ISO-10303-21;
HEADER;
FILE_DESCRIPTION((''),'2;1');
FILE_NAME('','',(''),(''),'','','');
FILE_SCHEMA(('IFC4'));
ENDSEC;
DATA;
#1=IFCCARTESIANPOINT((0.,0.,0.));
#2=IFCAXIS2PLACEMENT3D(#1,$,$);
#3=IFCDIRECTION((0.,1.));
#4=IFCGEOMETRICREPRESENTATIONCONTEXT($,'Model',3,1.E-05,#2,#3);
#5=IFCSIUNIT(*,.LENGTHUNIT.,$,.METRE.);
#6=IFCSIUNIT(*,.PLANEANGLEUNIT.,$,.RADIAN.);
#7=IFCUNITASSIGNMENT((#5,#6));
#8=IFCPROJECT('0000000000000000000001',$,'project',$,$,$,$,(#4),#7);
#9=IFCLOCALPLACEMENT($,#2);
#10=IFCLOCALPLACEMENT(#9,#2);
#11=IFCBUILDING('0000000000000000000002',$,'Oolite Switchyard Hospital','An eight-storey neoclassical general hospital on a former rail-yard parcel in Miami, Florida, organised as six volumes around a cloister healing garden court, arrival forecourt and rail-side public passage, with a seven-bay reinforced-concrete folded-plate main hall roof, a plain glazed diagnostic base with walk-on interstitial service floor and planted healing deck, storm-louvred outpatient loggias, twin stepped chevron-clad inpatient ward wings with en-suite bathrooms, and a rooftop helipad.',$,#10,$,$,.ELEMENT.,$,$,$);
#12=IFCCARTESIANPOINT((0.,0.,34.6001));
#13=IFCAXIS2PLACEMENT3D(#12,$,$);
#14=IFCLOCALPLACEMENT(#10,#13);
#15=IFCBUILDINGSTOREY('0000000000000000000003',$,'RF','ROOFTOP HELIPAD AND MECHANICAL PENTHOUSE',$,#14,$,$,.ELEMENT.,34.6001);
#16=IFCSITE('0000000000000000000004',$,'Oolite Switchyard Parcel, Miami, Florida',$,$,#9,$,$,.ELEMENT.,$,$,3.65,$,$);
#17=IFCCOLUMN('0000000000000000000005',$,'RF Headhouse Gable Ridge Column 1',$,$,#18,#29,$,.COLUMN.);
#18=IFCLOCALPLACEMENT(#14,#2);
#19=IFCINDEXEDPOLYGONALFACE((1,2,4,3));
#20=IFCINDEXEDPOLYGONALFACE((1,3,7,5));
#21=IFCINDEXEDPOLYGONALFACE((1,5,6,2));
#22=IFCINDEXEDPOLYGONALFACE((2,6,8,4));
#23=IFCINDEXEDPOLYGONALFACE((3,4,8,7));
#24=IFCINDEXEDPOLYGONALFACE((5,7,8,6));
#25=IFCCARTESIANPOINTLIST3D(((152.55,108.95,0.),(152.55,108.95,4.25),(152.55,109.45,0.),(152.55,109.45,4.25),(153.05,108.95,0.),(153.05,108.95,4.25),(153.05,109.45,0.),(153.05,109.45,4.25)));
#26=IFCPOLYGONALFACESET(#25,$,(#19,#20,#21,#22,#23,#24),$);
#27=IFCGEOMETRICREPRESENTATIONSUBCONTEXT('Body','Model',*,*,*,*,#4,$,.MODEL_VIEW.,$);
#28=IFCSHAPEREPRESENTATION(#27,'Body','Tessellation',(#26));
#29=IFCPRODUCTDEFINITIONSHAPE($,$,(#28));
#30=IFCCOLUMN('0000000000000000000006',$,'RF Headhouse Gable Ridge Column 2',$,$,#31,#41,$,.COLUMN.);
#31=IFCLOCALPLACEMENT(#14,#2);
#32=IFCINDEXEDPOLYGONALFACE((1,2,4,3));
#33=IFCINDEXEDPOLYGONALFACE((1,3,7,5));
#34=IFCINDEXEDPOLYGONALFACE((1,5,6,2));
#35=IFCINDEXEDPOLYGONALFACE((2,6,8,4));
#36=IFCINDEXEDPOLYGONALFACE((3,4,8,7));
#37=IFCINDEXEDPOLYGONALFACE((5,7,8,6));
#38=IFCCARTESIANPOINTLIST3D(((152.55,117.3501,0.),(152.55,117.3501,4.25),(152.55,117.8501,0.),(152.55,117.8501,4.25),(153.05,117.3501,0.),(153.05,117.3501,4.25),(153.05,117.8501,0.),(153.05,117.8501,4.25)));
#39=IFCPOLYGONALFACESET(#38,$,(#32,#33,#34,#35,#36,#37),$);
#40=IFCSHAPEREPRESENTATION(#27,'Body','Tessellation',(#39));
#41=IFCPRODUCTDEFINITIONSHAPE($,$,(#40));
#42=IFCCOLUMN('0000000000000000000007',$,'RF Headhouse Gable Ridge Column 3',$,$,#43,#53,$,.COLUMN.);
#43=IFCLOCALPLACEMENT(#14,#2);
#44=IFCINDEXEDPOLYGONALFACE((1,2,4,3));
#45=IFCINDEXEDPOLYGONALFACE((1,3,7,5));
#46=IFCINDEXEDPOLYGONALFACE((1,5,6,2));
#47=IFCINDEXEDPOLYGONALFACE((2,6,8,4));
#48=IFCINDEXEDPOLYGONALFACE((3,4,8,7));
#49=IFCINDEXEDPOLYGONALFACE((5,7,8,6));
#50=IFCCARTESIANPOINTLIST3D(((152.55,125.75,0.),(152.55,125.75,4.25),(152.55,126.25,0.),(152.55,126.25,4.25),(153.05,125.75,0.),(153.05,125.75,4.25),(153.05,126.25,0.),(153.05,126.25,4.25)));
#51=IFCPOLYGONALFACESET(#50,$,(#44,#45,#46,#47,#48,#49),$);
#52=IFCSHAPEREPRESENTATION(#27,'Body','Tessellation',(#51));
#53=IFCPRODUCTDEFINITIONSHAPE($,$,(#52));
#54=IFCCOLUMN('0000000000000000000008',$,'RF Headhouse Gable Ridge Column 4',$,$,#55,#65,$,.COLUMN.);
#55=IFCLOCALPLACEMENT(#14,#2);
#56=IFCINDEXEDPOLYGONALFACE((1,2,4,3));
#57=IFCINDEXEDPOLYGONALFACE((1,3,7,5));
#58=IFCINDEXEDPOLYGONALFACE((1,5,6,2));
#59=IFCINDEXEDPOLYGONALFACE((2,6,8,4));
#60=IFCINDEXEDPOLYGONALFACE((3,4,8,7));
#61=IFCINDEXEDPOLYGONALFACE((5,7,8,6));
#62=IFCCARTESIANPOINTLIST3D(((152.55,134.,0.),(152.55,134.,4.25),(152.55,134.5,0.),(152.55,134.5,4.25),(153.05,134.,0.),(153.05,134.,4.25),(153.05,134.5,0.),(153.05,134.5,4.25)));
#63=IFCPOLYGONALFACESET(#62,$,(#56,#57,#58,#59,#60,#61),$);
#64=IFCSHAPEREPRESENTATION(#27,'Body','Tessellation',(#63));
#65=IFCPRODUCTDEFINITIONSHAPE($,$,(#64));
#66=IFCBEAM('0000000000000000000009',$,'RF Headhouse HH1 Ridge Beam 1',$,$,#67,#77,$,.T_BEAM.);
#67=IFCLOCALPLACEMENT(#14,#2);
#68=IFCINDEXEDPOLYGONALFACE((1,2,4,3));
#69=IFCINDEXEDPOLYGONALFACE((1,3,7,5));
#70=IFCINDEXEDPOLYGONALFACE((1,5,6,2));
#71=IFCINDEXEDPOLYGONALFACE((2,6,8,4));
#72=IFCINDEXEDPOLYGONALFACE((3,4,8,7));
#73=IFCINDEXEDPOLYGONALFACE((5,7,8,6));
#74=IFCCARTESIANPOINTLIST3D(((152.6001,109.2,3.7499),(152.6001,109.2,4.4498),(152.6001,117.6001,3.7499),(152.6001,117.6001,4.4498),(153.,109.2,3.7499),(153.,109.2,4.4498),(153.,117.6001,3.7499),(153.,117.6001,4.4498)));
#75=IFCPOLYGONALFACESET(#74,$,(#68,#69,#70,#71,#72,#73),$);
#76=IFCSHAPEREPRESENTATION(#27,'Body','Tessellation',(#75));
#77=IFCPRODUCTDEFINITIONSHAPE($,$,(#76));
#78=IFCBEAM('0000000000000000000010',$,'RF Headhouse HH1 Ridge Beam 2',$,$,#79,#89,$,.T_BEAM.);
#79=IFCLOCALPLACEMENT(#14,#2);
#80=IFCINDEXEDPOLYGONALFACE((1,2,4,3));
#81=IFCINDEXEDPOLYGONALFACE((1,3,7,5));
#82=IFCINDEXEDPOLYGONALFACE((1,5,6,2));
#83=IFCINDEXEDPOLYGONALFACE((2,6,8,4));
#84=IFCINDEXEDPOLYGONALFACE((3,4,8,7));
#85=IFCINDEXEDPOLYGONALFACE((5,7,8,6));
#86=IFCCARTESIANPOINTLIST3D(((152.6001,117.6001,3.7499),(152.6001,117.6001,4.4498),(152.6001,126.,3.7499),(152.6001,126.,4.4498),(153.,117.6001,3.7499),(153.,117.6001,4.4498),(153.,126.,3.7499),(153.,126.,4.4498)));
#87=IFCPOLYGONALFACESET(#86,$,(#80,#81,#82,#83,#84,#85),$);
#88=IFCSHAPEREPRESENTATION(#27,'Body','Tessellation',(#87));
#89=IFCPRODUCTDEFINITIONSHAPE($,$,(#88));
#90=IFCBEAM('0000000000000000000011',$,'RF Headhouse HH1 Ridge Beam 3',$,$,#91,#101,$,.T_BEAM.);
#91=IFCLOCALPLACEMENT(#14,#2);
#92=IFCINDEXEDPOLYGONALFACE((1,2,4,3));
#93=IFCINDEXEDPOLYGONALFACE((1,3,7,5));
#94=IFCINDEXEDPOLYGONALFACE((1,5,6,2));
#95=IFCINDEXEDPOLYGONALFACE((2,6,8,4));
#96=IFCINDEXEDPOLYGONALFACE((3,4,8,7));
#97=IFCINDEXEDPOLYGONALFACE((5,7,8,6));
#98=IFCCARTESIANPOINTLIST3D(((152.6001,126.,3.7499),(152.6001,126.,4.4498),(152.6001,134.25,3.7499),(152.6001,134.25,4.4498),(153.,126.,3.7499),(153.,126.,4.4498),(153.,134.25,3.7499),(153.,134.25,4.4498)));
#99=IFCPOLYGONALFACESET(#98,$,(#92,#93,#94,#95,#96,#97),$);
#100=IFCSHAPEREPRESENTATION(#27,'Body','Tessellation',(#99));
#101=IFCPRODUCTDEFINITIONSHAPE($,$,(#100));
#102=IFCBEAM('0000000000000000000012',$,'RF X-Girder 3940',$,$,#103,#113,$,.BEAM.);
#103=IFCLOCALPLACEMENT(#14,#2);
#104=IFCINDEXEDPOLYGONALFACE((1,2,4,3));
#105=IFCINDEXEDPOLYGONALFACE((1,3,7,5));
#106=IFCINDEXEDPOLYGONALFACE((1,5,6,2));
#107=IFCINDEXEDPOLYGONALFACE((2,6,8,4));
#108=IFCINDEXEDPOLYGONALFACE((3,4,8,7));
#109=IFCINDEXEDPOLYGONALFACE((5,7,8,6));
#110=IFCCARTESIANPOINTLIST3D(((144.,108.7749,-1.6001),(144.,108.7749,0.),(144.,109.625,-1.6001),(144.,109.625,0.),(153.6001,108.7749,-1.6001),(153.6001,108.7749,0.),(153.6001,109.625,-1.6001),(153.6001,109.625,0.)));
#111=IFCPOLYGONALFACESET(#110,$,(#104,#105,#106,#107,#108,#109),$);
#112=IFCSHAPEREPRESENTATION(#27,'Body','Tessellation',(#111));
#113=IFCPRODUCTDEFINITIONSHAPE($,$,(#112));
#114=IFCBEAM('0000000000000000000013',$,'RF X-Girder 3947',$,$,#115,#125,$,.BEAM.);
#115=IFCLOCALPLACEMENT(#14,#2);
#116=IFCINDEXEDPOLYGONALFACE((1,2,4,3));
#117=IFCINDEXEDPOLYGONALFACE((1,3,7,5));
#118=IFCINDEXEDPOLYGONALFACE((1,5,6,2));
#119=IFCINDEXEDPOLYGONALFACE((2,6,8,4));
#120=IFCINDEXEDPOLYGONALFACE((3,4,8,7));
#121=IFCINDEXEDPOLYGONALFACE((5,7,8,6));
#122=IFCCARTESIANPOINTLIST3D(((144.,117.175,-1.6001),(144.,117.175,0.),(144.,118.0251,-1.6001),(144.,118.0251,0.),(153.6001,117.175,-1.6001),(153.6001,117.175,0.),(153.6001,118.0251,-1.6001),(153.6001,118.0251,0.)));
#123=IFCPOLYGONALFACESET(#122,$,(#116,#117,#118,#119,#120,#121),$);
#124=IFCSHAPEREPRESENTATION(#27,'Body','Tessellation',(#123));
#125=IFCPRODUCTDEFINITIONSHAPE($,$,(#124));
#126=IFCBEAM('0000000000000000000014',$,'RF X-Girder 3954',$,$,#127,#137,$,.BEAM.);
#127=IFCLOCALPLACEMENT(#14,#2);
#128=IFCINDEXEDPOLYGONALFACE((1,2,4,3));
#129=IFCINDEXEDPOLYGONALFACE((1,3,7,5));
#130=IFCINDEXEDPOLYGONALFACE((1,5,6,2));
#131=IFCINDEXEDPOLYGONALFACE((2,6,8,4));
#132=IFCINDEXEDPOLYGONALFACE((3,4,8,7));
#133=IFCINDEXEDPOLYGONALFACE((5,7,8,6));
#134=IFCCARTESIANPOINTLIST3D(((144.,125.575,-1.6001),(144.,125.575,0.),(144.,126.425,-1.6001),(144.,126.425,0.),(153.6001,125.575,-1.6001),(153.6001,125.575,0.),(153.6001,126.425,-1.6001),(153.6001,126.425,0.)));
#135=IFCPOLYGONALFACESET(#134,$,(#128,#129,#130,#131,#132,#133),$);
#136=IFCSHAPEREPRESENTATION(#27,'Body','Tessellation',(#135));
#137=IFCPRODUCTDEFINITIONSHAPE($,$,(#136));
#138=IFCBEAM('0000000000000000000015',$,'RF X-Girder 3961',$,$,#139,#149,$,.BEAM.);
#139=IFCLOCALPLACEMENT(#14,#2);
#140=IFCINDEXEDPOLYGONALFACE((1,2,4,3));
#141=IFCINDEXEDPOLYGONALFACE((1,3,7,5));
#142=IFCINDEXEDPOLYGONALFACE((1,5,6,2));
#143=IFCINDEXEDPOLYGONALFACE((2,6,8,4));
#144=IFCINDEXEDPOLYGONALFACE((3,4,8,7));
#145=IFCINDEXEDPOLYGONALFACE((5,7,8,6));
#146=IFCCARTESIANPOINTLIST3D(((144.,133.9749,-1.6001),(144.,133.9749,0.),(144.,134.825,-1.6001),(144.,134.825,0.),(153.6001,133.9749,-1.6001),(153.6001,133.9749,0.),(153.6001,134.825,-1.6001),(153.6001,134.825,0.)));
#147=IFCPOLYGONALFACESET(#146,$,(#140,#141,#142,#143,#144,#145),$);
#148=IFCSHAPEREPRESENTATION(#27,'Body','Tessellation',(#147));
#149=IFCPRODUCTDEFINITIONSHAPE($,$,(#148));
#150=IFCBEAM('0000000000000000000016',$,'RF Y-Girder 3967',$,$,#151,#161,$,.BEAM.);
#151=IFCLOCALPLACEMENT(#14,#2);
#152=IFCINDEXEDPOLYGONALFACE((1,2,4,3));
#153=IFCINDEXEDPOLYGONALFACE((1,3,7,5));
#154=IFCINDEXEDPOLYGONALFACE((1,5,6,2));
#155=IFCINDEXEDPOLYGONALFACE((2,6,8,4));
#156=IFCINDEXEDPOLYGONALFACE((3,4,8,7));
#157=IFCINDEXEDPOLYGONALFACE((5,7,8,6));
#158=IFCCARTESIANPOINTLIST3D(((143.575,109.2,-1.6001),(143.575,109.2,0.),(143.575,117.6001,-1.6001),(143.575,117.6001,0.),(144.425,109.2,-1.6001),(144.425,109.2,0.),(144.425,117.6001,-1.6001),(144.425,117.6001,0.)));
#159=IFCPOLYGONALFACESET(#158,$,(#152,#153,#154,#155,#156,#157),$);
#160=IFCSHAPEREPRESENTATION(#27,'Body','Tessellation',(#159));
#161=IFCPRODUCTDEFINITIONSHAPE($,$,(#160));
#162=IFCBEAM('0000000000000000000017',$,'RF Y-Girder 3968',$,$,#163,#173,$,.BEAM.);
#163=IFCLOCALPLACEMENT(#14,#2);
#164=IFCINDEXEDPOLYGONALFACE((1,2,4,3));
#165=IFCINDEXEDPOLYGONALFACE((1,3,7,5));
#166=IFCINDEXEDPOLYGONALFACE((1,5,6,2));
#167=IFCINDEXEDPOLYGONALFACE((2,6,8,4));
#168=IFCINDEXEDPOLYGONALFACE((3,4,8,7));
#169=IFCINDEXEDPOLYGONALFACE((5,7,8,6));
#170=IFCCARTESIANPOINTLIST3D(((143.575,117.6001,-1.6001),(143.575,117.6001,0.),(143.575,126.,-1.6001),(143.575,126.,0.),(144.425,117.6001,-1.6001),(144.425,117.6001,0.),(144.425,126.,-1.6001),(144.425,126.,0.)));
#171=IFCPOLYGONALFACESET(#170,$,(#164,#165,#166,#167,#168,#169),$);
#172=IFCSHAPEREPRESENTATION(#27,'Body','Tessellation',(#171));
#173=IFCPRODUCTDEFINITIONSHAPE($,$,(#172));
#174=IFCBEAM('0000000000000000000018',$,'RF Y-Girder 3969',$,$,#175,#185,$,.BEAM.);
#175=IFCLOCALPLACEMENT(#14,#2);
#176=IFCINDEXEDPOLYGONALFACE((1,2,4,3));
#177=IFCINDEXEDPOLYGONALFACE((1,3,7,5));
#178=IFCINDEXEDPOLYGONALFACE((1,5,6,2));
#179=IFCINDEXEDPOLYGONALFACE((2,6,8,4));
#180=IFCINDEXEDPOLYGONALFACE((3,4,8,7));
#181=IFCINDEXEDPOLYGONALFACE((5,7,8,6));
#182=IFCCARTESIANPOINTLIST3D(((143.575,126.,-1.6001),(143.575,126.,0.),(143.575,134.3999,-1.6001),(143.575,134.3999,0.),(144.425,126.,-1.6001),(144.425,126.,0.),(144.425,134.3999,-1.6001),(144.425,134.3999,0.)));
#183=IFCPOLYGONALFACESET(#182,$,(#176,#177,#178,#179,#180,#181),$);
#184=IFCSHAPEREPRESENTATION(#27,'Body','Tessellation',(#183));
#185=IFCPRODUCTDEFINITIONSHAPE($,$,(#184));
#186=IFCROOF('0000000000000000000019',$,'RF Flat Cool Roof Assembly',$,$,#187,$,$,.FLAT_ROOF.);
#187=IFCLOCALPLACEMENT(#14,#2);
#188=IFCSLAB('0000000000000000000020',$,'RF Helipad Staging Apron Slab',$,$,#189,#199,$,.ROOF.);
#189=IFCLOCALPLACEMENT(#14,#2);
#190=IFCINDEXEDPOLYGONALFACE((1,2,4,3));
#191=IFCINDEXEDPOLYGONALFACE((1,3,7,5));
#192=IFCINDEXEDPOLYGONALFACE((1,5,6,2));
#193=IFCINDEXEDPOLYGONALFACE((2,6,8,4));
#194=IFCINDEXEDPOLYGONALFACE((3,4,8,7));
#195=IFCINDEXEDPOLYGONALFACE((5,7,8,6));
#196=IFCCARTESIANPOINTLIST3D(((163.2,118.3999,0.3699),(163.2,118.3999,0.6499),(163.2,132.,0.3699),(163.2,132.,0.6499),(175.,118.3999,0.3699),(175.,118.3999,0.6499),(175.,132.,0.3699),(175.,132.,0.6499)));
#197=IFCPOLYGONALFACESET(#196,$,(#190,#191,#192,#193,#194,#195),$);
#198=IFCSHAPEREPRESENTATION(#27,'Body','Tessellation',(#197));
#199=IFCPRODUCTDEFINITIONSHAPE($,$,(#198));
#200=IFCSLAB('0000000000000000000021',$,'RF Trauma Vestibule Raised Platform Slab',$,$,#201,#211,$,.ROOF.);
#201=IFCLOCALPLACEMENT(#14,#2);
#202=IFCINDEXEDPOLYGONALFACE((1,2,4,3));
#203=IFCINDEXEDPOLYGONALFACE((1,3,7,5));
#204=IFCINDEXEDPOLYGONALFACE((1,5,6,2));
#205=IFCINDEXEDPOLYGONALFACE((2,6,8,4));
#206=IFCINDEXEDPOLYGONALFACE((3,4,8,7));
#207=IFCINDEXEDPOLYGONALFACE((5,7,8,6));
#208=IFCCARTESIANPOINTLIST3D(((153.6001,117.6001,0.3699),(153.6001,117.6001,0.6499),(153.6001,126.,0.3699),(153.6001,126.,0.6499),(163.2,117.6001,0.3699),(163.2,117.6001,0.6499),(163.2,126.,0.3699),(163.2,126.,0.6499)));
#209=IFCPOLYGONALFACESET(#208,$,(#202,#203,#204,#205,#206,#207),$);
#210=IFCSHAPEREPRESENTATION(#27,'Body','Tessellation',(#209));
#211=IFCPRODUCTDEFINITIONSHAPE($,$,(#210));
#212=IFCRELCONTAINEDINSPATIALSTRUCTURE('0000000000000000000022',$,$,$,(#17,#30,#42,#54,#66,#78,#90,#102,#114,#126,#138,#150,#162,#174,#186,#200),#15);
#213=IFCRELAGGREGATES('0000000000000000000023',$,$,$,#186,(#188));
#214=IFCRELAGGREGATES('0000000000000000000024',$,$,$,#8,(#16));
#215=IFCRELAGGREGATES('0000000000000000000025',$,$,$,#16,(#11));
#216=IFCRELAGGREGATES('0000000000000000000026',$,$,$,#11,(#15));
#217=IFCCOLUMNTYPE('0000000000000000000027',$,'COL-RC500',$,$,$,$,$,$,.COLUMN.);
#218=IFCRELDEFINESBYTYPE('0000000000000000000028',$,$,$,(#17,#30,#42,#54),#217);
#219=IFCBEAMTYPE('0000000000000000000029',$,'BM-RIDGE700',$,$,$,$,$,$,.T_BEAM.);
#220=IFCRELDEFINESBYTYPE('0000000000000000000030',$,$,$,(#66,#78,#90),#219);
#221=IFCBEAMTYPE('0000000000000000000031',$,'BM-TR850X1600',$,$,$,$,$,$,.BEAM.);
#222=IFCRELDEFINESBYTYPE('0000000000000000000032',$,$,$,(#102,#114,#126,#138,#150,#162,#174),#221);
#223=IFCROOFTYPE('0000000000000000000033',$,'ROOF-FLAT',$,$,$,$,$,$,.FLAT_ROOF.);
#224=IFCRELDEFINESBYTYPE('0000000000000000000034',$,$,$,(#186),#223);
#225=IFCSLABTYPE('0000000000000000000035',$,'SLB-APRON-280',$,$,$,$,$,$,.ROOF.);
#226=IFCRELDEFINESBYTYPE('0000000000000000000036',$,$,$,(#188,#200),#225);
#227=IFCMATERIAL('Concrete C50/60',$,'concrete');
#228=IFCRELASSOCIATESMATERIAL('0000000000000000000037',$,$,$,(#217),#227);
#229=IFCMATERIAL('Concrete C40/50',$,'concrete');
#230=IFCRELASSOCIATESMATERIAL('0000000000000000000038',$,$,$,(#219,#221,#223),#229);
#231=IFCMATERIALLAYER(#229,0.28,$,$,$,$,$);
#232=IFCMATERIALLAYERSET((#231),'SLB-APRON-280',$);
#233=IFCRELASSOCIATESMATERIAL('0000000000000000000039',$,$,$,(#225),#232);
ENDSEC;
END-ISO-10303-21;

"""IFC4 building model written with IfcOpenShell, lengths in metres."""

from ifc_helpers import new_model, si_unit, direction, frame, origin, origin_2d, place, context, subcontext, project, spatial, polyline, rectangle, outline, extrude, material, layer, layer_set, material_profile, profile_set, type_object, element, aggregate, save


model = new_model("IFC4")

# Units and contexts
model_context = context("Model", 3, precision=1e-05, world=origin(), true_north=direction((0.0, 1.0)))
body_context = subcontext(model_context, "Body", "Model", "MODEL_VIEW")
ifc_project = project(units=[si_unit("LENGTHUNIT", "METRE"), si_unit("PLANEANGLEUNIT", "RADIAN")], contexts=[model_context])

# Site, building, storey
site_placement = place(None, origin())
site = spatial("IfcSite", under=ifc_project, at=site_placement, Name="Oolite Switchyard Parcel, Miami, Florida", CompositionType="ELEMENT", RefElevation=3.65)
building_placement = place(site_placement, origin())
building = spatial("IfcBuilding", under=site, at=building_placement, Name="Oolite Switchyard Hospital", Description="An eight-storey neoclassical general hospital on a former rail-yard parcel in Miami, Florida, organised as six volumes around a cloister healing garden court, arrival forecourt and rail-side public passage, with a seven-bay reinforced-concrete folded-plate main hall roof, a plain glazed diagnostic base with walk-on interstitial service floor and planted healing deck, storm-louvred outpatient loggias, twin stepped chevron-clad inpatient ward wings with en-suite bathrooms, and a rooftop helipad.", CompositionType="ELEMENT")
storey_placement = place(building_placement, frame((0.0, 0.0, 34.6001)))
storey = spatial("IfcBuildingStorey", under=building, at=storey_placement, Name="RF", Description="ROOFTOP HELIPAD AND MECHANICAL PENTHOUSE", CompositionType="ELEMENT", Elevation=34.6001)

# Columns
ifc_material_1 = material(Name="Concrete C50/60", Category="concrete")
ifc_material_profile_1 = material_profile(ifc_material_1, rectangle(XDim=0.5, YDim=0.5, at=origin_2d()), Name="RC500X500")
ifc_profile_set_1 = profile_set([ifc_material_profile_1], Name="Concrete C50/60")
column_type = type_object("IfcColumnType", Name="COL-RC500", PredefinedType="COLUMN", material=ifc_profile_set_1)
for number, where, z_axis, x_axis, name in (
    (1, (152.8, 109.2, 0.0), (0.0, 0.0, 1.0), (1.0, 0.0, 0.0), "RF Headhouse Gable Ridge Column 1"),
    (2, (152.8, 117.6001, 0.0), (0.0, 0.0, 1.0), (1.0, 0.0, 0.0), "RF Headhouse Gable Ridge Column 2"),
    (3, (152.8, 126.0, 0.0), (0.0, 0.0, 1.0), (1.0, 0.0, 0.0), "RF Headhouse Gable Ridge Column 3"),
    (4, (152.8, 134.25, 0.0), (0.0, 0.0, 1.0), (1.0, 0.0, 0.0), "RF Headhouse Gable Ridge Column 4"),
):
    element("IfcColumn", number, at=place(storey_placement, frame(where, z_axis=z_axis, x_axis=x_axis)), inside=storey, type_object=column_type, Name=name, PredefinedType="COLUMN", context=body_context, shape_type="SweptSolid", body=[
        extrude(rectangle(XDim=0.5, YDim=0.5, at=origin_2d()), origin(), (0.0, 0.0, 1.0), 4.25),
    ])

# Beams
ifc_material_2 = material(Name="Concrete C40/50", Category="concrete")
ifc_material_profile_2 = material_profile(ifc_material_2, rectangle(XDim=0.3999, YDim=0.7, at=origin_2d()), Name="RCR400X700")
ifc_profile_set_2 = profile_set([ifc_material_profile_2], Name="Concrete C40/50")
beam_type_1 = type_object("IfcBeamType", Name="BM-RIDGE700", PredefinedType="T_BEAM", material=ifc_profile_set_2)
beam_1_placement = place(storey_placement, frame((152.8, 109.2, 4.0999), z_axis=(0.0, 1.0, 0.0), x_axis=(-1.0, 0.0, 0.0)))
element("IfcBeam", 5, at=beam_1_placement, inside=storey, type_object=beam_type_1, Name="RF Headhouse HH1 Ridge Beam 1", PredefinedType="T_BEAM", context=body_context, shape_type="SweptSolid", body=[
    extrude(rectangle(XDim=0.3999, YDim=0.7, at=origin_2d()), origin(), (0.0, 0.0, 1.0), 8.4001),
])
beam_2_placement = place(storey_placement, frame((152.8, 117.6001, 4.0999), z_axis=(0.0, 1.0, 0.0), x_axis=(-1.0, 0.0, 0.0)))
element("IfcBeam", 6, at=beam_2_placement, inside=storey, type_object=beam_type_1, Name="RF Headhouse HH1 Ridge Beam 2", PredefinedType="T_BEAM", context=body_context, shape_type="SweptSolid", body=[
    extrude(rectangle(XDim=0.3999, YDim=0.7, at=origin_2d()), origin(), (0.0, 0.0, 1.0), 8.3999),
])
beam_3_placement = place(storey_placement, frame((152.8, 126.0, 4.0999), z_axis=(0.0, 1.0, 0.0), x_axis=(-1.0, 0.0, 0.0)))
element("IfcBeam", 7, at=beam_3_placement, inside=storey, type_object=beam_type_1, Name="RF Headhouse HH1 Ridge Beam 3", PredefinedType="T_BEAM", context=body_context, shape_type="SweptSolid", body=[
    extrude(rectangle(XDim=0.3999, YDim=0.7, at=origin_2d()), origin(), (0.0, 0.0, 1.0), 8.25),
])
ifc_material_profile_3 = material_profile(ifc_material_2, rectangle(XDim=0.8501, YDim=1.6001, at=origin_2d()), Name="RCT850X1600")
ifc_profile_set_3 = profile_set([ifc_material_profile_3], Name="Concrete C40/50")
beam_type_2 = type_object("IfcBeamType", Name="BM-TR850X1600", PredefinedType="BEAM", material=ifc_profile_set_3)
for number, where, z_axis, x_axis, name in (
    (8, (144.0, 109.2, -0.8), (1.0, 0.0, 0.0), (0.0, 1.0, 0.0), "RF X-Girder 3940"),
    (9, (144.0, 117.6001, -0.8), (1.0, 0.0, 0.0), (0.0, 1.0, 0.0), "RF X-Girder 3947"),
    (10, (144.0, 126.0, -0.8), (1.0, 0.0, 0.0), (0.0, 1.0, 0.0), "RF X-Girder 3954"),
    (11, (144.0, 134.3999, -0.8), (1.0, 0.0, 0.0), (0.0, 1.0, 0.0), "RF X-Girder 3961"),
):
    element("IfcBeam", number, at=place(storey_placement, frame(where, z_axis=z_axis, x_axis=x_axis)), inside=storey, type_object=beam_type_2, Name=name, PredefinedType="BEAM", context=body_context, shape_type="SweptSolid", body=[
        extrude(rectangle(XDim=0.8501, YDim=1.6001, at=origin_2d()), origin(), (0.0, 0.0, 1.0), 9.6001),
    ])
beam_4_placement = place(storey_placement, frame((144.0, 109.2, -0.8), z_axis=(0.0, 1.0, 0.0), x_axis=(-1.0, 0.0, 0.0)))
element("IfcBeam", 12, at=beam_4_placement, inside=storey, type_object=beam_type_2, Name="RF Y-Girder 3967", PredefinedType="BEAM", context=body_context, shape_type="SweptSolid", body=[
    extrude(rectangle(XDim=0.8501, YDim=1.6001, at=origin_2d()), origin(), (0.0, 0.0, 1.0), 8.4001),
])
for number, where, z_axis, x_axis, name in (
    (13, (144.0, 117.6001, -0.8), (0.0, 1.0, 0.0), (-1.0, 0.0, 0.0), "RF Y-Girder 3968"),
    (14, (144.0, 126.0, -0.8), (0.0, 1.0, 0.0), (-1.0, 0.0, 0.0), "RF Y-Girder 3969"),
):
    element("IfcBeam", number, at=place(storey_placement, frame(where, z_axis=z_axis, x_axis=x_axis)), inside=storey, type_object=beam_type_2, Name=name, PredefinedType="BEAM", context=body_context, shape_type="SweptSolid", body=[
        extrude(rectangle(XDim=0.8501, YDim=1.6001, at=origin_2d()), origin(), (0.0, 0.0, 1.0), 8.3999),
    ])

# Roof, slab
roof_type = type_object("IfcRoofType", Name="ROOF-FLAT", PredefinedType="FLAT_ROOF", material=ifc_material_2)
roof_placement = place(storey_placement, origin())
roof = element("IfcRoof", 15, at=roof_placement, inside=storey, type_object=roof_type, Name="RF Flat Cool Roof Assembly", PredefinedType="FLAT_ROOF")
ifc_layer_1 = layer(ifc_material_2, 0.28)
ifc_layer_set_1 = layer_set([ifc_layer_1], Name="SLB-APRON-280")
slab_type_1 = type_object("IfcSlabType", Name="SLB-APRON-280", PredefinedType="ROOF", material=ifc_layer_set_1)
slab_1_placement = place(storey_placement, frame((0.0, 0.0, 0.3699)))
slab_1 = element("IfcSlab", 16, at=slab_1_placement, type_object=slab_type_1, Name="RF Helipad Staging Apron Slab", PredefinedType="ROOF", context=body_context, shape_type="SweptSolid", body=[
    extrude(outline(polyline([(163.2, 118.3999), (175.0, 118.3999), (175.0, 132.0), (163.2, 132.0), (163.2, 118.3999)])), origin(), (0.0, 0.0, 1.0), 0.28),
])

# Slab
slab_2_placement = place(storey_placement, frame((0.0, 0.0, 0.3699)))
element("IfcSlab", 17, at=slab_2_placement, inside=storey, type_object=slab_type_1, Name="RF Trauma Vestibule Raised Platform Slab", PredefinedType="ROOF", context=body_context, shape_type="SweptSolid", body=[
    extrude(outline(polyline([(153.6001, 117.6001), (163.2, 117.6001), (163.2, 126.0), (153.6001, 126.0), (153.6001, 117.6001)])), origin(), (0.0, 0.0, 1.0), 0.28),
])

aggregate(roof, [slab_1])

save(model, "model.ifc")
